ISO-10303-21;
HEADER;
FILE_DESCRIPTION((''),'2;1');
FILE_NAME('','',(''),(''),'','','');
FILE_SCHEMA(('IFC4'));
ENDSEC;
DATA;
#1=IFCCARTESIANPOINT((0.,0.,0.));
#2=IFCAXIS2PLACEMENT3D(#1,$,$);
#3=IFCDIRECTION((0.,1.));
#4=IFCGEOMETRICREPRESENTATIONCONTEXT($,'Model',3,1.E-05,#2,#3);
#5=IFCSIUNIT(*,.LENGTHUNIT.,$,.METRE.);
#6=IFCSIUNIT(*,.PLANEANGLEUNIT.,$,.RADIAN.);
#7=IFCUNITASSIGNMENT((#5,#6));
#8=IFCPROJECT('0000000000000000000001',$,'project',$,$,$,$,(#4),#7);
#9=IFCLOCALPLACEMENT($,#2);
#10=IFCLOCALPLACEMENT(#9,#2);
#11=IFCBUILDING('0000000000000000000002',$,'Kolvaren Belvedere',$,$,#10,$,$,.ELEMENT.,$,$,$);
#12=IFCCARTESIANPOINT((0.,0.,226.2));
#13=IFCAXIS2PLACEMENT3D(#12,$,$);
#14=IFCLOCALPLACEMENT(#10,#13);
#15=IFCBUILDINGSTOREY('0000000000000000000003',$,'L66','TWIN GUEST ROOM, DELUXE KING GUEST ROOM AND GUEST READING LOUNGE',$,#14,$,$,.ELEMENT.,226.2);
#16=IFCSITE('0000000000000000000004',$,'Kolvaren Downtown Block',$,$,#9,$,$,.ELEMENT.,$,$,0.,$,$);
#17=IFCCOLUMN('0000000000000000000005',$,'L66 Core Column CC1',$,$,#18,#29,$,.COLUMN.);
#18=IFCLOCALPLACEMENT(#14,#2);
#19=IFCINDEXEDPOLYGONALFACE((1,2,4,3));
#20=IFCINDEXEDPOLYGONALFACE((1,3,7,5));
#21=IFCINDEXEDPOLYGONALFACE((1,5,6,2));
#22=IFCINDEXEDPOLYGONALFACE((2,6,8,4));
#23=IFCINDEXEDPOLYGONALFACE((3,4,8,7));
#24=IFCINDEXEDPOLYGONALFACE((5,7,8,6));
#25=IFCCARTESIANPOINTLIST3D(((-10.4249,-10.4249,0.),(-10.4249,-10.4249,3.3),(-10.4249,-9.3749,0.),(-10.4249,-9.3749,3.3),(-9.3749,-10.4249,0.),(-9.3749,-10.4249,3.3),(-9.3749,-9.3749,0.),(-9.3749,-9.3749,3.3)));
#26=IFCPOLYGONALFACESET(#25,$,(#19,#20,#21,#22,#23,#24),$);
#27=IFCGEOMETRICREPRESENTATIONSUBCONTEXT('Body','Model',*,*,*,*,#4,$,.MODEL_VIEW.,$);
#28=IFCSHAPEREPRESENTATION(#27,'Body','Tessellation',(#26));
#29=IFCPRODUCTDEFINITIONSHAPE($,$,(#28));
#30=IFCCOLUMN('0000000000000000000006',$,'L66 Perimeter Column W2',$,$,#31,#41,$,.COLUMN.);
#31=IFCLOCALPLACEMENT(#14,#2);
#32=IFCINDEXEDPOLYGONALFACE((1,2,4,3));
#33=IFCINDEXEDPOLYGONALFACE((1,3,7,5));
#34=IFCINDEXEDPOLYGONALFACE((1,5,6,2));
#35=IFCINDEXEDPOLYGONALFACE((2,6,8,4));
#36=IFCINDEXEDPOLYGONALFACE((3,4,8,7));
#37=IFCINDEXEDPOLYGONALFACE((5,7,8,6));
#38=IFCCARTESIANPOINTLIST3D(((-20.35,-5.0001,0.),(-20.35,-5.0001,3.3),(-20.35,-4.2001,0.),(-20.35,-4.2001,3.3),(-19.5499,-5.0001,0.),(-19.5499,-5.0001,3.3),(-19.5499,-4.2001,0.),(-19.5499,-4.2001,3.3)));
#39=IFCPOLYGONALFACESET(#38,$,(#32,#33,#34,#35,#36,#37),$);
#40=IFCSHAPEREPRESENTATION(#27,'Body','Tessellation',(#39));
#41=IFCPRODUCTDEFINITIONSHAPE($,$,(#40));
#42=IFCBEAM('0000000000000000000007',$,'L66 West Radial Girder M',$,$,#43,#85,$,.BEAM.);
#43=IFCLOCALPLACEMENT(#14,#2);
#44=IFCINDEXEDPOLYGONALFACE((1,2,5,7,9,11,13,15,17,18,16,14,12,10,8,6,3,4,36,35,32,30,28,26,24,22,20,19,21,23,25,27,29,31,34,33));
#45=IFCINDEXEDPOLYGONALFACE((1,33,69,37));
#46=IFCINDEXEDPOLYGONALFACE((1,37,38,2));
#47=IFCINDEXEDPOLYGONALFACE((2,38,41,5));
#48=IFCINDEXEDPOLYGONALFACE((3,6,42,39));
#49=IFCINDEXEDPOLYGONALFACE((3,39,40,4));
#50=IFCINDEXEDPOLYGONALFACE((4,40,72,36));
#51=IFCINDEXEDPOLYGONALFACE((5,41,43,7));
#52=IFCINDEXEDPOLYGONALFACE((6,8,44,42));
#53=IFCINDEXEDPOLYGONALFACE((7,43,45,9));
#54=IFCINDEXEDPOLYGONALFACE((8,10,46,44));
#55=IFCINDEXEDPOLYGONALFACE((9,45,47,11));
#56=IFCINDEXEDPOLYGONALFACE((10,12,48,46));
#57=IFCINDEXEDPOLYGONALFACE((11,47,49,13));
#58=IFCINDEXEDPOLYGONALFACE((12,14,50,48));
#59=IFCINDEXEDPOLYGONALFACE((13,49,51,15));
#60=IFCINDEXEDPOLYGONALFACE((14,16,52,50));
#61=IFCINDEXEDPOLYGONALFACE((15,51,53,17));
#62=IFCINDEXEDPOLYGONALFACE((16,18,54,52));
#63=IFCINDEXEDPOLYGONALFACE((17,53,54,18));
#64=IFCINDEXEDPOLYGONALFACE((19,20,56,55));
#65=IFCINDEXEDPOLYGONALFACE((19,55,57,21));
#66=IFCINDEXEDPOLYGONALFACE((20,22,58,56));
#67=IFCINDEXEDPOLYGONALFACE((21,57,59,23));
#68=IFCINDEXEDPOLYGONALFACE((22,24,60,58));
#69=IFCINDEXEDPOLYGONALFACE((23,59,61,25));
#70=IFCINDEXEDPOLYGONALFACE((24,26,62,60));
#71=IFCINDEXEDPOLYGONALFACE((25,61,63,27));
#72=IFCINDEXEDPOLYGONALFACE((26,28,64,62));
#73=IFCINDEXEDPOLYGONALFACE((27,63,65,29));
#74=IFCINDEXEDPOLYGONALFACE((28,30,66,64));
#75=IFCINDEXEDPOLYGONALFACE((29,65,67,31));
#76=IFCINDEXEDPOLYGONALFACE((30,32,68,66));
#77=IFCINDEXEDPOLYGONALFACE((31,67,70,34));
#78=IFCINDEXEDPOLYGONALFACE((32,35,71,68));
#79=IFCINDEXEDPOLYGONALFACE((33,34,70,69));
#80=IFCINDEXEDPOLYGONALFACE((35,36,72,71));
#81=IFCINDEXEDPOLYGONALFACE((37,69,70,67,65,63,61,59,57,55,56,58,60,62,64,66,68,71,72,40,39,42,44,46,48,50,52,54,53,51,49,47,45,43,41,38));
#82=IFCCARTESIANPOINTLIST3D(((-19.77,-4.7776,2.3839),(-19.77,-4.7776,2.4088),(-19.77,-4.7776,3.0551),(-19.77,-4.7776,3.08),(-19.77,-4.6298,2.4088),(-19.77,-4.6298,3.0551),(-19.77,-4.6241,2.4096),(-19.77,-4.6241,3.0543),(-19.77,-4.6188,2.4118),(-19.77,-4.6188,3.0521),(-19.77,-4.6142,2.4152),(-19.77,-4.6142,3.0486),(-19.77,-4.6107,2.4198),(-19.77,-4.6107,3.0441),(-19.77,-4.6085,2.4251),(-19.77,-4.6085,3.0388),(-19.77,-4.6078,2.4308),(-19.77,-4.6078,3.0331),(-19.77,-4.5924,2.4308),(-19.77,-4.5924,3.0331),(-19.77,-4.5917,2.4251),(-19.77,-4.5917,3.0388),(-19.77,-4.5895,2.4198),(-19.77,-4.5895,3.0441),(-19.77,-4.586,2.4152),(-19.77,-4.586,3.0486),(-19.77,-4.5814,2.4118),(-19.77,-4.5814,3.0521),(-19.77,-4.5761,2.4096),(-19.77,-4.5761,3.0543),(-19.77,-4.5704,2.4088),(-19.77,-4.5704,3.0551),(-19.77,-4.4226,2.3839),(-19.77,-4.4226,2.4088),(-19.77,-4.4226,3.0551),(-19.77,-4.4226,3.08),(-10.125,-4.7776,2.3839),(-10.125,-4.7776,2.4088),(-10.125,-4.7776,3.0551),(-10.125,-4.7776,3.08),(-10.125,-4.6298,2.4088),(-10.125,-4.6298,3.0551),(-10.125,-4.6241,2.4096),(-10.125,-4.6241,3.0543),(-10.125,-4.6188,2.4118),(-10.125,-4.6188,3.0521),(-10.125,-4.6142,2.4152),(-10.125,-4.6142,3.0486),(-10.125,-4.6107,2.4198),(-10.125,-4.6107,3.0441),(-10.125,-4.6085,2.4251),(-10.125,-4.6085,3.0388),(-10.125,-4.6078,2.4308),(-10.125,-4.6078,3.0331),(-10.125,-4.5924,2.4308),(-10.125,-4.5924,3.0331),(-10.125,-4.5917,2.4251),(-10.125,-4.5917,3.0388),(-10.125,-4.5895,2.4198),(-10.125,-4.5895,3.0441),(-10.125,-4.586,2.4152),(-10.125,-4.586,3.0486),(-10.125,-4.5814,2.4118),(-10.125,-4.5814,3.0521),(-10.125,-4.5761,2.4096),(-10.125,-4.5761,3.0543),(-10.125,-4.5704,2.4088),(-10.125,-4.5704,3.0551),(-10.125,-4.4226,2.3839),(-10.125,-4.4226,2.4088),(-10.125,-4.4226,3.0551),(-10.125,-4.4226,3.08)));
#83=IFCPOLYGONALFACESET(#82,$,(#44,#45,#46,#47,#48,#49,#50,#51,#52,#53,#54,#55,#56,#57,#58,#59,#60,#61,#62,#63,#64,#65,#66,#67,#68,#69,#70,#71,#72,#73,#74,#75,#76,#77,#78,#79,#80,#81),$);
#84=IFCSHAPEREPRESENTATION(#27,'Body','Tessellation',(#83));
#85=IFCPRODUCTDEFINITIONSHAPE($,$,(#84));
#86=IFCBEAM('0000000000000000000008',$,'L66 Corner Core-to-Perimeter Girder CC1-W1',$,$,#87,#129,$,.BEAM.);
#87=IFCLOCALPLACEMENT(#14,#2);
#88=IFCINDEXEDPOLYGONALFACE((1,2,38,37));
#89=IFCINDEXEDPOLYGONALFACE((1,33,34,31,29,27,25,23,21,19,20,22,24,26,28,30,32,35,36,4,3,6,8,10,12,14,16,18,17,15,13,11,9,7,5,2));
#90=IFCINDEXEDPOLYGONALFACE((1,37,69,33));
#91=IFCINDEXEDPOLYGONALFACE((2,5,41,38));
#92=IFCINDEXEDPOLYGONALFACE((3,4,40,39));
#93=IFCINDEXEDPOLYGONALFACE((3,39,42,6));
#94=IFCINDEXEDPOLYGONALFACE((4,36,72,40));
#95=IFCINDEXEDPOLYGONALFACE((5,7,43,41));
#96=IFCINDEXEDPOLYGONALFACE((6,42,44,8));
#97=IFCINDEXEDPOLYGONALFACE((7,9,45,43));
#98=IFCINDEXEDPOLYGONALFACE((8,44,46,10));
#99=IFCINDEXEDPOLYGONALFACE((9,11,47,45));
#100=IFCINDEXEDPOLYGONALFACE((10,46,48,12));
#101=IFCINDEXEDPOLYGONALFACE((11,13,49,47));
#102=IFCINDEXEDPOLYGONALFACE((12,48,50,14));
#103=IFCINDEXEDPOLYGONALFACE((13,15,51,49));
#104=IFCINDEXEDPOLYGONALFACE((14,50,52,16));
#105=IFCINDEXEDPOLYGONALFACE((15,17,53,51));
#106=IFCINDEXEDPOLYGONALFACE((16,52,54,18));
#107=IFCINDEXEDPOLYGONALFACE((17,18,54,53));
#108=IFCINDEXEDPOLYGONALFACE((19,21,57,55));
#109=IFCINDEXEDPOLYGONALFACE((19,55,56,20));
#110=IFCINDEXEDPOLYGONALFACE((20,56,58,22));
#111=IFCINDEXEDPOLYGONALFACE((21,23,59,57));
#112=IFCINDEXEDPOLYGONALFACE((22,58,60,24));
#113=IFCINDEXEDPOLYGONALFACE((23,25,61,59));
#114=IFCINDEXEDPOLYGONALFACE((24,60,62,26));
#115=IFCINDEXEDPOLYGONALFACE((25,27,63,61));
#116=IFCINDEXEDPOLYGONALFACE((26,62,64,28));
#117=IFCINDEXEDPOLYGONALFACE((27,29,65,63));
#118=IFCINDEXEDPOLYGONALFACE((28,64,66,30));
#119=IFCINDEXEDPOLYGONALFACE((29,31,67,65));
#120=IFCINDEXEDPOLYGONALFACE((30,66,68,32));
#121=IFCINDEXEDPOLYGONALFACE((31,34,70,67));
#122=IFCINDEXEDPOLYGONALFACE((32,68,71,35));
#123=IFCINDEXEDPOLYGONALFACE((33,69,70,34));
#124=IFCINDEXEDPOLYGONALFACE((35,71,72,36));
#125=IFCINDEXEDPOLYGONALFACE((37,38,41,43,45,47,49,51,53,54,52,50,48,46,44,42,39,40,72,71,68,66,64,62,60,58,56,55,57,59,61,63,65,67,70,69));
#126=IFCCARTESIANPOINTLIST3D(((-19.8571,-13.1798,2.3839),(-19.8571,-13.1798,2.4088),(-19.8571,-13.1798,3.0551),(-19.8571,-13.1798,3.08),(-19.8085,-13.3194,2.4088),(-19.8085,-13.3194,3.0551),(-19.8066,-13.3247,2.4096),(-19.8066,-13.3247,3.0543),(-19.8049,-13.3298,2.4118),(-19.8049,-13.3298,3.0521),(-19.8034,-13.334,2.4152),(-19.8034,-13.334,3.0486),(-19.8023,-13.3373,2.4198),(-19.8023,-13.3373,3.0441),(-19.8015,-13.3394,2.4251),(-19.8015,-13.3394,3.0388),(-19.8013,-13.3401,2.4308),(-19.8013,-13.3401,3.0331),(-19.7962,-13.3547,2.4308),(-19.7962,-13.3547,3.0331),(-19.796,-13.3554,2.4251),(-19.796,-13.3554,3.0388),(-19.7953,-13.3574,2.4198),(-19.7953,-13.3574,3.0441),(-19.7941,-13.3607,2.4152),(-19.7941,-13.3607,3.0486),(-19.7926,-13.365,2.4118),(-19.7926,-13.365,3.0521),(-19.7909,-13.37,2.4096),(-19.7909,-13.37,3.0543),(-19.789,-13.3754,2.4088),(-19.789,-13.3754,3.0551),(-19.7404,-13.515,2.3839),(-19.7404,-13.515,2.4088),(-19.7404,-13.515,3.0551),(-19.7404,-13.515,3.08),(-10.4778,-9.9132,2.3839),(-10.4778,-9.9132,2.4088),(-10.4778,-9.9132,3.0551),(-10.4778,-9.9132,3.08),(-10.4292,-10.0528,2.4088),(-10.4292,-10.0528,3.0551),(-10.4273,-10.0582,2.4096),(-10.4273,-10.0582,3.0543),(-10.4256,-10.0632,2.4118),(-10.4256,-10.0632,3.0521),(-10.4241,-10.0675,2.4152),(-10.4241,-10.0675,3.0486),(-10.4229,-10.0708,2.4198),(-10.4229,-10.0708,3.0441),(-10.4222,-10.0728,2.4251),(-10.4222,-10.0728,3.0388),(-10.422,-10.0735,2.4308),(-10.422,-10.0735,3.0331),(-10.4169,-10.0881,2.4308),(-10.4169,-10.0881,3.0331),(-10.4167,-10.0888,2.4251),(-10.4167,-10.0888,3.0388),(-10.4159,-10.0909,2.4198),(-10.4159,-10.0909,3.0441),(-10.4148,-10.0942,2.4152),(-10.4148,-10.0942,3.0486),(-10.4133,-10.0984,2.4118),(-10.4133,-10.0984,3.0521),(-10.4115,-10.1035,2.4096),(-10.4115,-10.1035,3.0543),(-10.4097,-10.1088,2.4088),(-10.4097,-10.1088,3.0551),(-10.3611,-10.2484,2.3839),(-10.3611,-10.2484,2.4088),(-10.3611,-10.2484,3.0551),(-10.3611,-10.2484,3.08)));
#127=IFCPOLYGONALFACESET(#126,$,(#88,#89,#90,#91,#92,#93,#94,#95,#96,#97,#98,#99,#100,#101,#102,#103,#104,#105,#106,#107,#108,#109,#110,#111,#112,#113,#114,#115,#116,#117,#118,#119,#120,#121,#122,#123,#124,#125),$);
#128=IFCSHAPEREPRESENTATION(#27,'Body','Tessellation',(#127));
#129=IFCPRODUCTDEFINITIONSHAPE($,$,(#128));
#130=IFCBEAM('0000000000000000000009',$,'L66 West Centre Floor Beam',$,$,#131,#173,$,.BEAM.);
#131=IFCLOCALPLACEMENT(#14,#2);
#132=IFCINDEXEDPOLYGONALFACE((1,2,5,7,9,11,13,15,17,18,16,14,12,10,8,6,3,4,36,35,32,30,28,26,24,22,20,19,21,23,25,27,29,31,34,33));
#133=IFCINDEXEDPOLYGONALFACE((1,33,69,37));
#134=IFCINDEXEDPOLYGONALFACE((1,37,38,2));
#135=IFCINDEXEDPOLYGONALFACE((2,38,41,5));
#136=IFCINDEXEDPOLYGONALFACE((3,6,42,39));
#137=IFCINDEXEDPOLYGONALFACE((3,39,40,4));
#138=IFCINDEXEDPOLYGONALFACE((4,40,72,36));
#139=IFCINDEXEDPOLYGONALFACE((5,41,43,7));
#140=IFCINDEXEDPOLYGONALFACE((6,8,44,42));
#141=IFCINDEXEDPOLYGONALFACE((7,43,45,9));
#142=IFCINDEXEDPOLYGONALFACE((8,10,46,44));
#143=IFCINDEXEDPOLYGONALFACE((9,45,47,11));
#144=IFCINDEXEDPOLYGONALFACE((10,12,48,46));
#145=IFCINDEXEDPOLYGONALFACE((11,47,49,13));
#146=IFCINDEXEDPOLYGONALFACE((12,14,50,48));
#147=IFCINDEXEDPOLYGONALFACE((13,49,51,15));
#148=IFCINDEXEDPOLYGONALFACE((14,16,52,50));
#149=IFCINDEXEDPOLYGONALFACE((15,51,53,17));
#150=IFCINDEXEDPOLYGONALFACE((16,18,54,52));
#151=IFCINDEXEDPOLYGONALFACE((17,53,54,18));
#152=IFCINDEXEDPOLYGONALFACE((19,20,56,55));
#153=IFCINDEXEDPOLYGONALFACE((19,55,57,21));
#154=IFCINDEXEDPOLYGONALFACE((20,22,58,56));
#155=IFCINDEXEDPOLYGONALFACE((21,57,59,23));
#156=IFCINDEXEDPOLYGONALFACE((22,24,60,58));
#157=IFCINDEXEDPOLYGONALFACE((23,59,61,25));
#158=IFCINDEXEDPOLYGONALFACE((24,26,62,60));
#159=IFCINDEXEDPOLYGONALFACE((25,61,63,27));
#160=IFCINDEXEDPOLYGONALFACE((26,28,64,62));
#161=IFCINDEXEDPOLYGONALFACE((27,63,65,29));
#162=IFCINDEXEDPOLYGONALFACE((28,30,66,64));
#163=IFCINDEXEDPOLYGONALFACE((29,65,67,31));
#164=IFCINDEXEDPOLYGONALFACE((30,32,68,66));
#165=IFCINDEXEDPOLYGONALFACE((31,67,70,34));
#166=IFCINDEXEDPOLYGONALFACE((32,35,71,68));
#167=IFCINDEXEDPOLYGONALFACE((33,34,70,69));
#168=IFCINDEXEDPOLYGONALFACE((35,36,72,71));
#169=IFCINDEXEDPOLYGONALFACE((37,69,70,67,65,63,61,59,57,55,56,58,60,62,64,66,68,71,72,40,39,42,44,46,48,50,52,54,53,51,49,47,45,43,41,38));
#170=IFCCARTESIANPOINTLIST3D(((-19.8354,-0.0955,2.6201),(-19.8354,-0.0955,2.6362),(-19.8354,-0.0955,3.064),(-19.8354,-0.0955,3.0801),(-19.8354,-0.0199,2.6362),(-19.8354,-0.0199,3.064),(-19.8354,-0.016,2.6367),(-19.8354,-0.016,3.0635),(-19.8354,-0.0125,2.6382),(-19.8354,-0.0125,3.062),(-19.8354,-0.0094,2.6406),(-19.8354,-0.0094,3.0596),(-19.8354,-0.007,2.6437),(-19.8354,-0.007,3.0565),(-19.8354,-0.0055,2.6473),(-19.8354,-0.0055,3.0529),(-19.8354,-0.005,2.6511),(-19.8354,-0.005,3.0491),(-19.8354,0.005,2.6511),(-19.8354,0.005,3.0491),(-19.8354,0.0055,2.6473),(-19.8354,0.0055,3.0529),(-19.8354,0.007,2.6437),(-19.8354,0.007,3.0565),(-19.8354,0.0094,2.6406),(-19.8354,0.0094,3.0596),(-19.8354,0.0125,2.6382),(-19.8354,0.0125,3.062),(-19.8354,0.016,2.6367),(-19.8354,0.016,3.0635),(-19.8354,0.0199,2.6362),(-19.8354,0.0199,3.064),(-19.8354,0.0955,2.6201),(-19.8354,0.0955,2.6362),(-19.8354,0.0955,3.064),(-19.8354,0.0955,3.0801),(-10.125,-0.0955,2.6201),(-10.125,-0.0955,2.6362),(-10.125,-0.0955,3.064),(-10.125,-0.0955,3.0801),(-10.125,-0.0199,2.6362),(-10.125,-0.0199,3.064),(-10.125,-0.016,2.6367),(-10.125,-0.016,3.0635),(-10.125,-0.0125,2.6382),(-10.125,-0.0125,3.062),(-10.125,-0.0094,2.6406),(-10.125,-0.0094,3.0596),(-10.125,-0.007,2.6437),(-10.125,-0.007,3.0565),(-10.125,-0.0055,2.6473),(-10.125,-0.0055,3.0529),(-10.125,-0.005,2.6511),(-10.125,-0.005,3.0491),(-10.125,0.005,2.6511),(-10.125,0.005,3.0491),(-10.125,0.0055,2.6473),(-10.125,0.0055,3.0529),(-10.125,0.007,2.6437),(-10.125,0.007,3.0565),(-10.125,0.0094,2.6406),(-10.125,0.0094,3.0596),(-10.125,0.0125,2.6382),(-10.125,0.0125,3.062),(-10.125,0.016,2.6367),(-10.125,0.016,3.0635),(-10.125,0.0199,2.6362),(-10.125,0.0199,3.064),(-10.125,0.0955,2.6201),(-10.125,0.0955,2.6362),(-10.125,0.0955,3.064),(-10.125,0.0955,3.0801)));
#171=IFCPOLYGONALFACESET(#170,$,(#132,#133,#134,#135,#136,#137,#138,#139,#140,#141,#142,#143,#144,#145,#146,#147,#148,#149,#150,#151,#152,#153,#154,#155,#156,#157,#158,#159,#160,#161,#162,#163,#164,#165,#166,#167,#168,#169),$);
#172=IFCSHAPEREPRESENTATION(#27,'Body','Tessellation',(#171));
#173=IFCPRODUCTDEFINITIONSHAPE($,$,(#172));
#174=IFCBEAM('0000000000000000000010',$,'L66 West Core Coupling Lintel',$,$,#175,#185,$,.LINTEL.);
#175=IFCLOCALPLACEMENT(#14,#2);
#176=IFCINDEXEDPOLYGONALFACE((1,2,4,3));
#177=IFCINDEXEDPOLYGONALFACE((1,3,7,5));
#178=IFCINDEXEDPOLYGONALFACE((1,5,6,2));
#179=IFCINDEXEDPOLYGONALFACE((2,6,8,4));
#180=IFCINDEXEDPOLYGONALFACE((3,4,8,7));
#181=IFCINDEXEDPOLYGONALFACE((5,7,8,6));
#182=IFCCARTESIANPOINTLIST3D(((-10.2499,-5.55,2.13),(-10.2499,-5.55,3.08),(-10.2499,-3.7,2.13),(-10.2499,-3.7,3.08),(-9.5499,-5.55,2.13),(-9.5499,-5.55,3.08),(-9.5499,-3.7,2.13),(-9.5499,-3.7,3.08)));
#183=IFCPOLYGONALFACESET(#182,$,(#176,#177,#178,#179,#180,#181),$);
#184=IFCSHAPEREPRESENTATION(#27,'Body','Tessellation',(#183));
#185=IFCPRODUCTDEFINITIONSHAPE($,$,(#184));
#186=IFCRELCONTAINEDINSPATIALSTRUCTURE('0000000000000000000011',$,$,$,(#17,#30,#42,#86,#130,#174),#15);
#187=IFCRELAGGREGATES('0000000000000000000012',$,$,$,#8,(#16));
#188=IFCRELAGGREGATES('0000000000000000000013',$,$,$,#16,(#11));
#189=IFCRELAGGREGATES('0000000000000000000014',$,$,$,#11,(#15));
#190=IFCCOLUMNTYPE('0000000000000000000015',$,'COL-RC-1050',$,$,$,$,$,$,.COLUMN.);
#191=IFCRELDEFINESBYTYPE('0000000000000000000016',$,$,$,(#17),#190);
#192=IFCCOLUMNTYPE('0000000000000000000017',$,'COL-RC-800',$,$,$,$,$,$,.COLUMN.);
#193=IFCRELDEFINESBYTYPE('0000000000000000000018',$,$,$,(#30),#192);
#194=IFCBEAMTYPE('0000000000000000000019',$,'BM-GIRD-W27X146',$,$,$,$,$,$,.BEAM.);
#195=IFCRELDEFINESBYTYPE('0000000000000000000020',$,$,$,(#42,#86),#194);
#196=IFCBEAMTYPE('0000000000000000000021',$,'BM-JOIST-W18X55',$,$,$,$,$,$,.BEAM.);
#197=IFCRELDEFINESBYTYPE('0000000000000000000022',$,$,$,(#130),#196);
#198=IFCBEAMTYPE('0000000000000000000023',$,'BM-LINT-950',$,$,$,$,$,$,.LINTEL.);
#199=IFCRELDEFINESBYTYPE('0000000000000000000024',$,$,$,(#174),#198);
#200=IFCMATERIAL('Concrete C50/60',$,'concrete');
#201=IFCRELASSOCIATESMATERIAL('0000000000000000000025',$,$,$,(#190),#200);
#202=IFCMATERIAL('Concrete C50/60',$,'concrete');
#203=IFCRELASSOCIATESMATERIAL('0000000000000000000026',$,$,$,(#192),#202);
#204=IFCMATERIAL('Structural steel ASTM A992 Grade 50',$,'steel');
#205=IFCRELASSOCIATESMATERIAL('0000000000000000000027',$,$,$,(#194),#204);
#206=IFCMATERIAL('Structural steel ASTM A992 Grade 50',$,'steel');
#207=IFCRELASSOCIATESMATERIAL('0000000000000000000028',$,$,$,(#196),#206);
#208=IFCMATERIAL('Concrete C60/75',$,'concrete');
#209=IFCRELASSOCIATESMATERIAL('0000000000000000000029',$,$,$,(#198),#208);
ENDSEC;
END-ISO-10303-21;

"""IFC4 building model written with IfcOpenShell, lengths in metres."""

from ifc_helpers import new_model, si_unit, direction, frame, origin, origin_2d, place, context, subcontext, project, spatial, rectangle, i_section, extrude, material, material_profile, profile_set, type_object, element, save


model = new_model("IFC4")

# Units and contexts
model_context = context("Model", 3, precision=1e-05, world=origin(), true_north=direction((0.0, 1.0)))
body_context = subcontext(model_context, "Body", "Model", "MODEL_VIEW")
ifc_project = project(units=[si_unit("LENGTHUNIT", "METRE"), si_unit("PLANEANGLEUNIT", "RADIAN")], contexts=[model_context])

# Site, building, storey
site_placement = place(None, origin())
site = spatial("IfcSite", under=ifc_project, at=site_placement, Name="Kolvaren Downtown Block", CompositionType="ELEMENT", RefElevation=0.0)
building_placement = place(site_placement, origin())
building = spatial("IfcBuilding", under=site, at=building_placement, Name="Kolvaren Belvedere", CompositionType="ELEMENT")
storey_placement = place(building_placement, frame((0.0, 0.0, 226.2)))
storey = spatial("IfcBuildingStorey", under=building, at=storey_placement, Name="L66", Description="TWIN GUEST ROOM, DELUXE KING GUEST ROOM AND GUEST READING LOUNGE", CompositionType="ELEMENT", Elevation=226.2)

# Columns
ifc_material_1 = material(Name="Concrete C50/60", Category="concrete")
ifc_material_profile_1 = material_profile(ifc_material_1, rectangle(XDim=1.05, YDim=1.05, at=origin_2d()), Name="RC 1050X1050")
ifc_profile_set_1 = profile_set([ifc_material_profile_1], Name="Concrete C50/60")
column_type_1 = type_object("IfcColumnType", Name="COL-RC-1050", PredefinedType="COLUMN", material=ifc_profile_set_1)
column_1_placement = place(storey_placement, frame((-9.8999, -9.8999, 0.0), z_axis=(0.0, 0.0, 1.0), x_axis=(1.0, 0.0, 0.0)))
element("IfcColumn", 1, at=column_1_placement, inside=storey, type_object=column_type_1, Name="L66 Core Column CC1", PredefinedType="COLUMN", context=body_context, shape_type="SweptSolid", body=[
    extrude(rectangle(XDim=1.05, YDim=1.05, at=origin_2d()), origin(), (0.0, 0.0, 1.0), 3.3),
])
ifc_material_2 = material(Name="Concrete C50/60", Category="concrete")
ifc_material_profile_2 = material_profile(ifc_material_2, rectangle(XDim=0.8, YDim=0.8, at=origin_2d()), Name="RC 800X800")
ifc_profile_set_2 = profile_set([ifc_material_profile_2], Name="Concrete C50/60")
column_type_2 = type_object("IfcColumnType", Name="COL-RC-800", PredefinedType="COLUMN", material=ifc_profile_set_2)
column_2_placement = place(storey_placement, frame((-19.95, -4.6001, 0.0), z_axis=(0.0, 0.0, 1.0), x_axis=(1.0, 0.0, 0.0)))
element("IfcColumn", 2, at=column_2_placement, inside=storey, type_object=column_type_2, Name="L66 Perimeter Column W2", PredefinedType="COLUMN", context=body_context, shape_type="SweptSolid", body=[
    extrude(rectangle(XDim=0.8, YDim=0.8, at=origin_2d()), origin(), (0.0, 0.0, 1.0), 3.3),
])

# Beams
ifc_material_3 = material(Name="Structural steel ASTM A992 Grade 50", Category="steel")
ifc_material_profile_3 = material_profile(ifc_material_3, i_section(OverallWidth=0.355, OverallDepth=0.696, WebThickness=0.0154, FlangeThickness=0.0249, FilletRadius=0.022, at=origin_2d()), Name="W27X146")
ifc_profile_set_3 = profile_set([ifc_material_profile_3], Name="Structural steel ASTM A992 Grade 50")
beam_type_1 = type_object("IfcBeamType", Name="BM-GIRD-W27X146", PredefinedType="BEAM", material=ifc_profile_set_3)
beam_1_placement = place(storey_placement, frame((-10.125, -4.6001, 2.7319), z_axis=(-1.0, 0.0, 0.0), x_axis=(0.0, -1.0, 0.0)))
element("IfcBeam", 3, at=beam_1_placement, inside=storey, type_object=beam_type_1, Name="L66 West Radial Girder M", PredefinedType="BEAM", context=body_context, shape_type="SweptSolid", body=[
    extrude(i_section(OverallWidth=0.355, OverallDepth=0.696, WebThickness=0.0154, FlangeThickness=0.0249, FilletRadius=0.022, at=origin_2d()), origin(), (0.0, 0.0, 1.0), 9.645),
])
beam_2_placement = place(storey_placement, frame((-10.4194, -10.0808, 2.7319), z_axis=(-0.944365, -0.328898, 0.0), x_axis=(0.328898, -0.944365, 0.0)))
element("IfcBeam", 4, at=beam_2_placement, inside=storey, type_object=beam_type_1, Name="L66 Corner Core-to-Perimeter Girder CC1-W1", PredefinedType="BEAM", context=body_context, shape_type="SweptSolid", body=[
    extrude(i_section(OverallWidth=0.355, OverallDepth=0.696, WebThickness=0.0154, FlangeThickness=0.0249, FilletRadius=0.022, at=origin_2d()), origin(), (0.0, 0.0, 1.0), 9.9319),
])
ifc_material_4 = material(Name="Structural steel ASTM A992 Grade 50", Category="steel")
ifc_material_profile_4 = material_profile(ifc_material_4, i_section(OverallWidth=0.1909, OverallDepth=0.46, WebThickness=0.01, FlangeThickness=0.0161, FilletRadius=0.0149, at=origin_2d()), Name="W18X55")
ifc_profile_set_4 = profile_set([ifc_material_profile_4], Name="Structural steel ASTM A992 Grade 50")
beam_type_2 = type_object("IfcBeamType", Name="BM-JOIST-W18X55", PredefinedType="BEAM", material=ifc_profile_set_4)
beam_3_placement = place(storey_placement, frame((-10.125, 0.0, 2.8501), z_axis=(-1.0, 0.0, 0.0), x_axis=(0.0, -1.0, 0.0)))
element("IfcBeam", 5, at=beam_3_placement, inside=storey, type_object=beam_type_2, Name="L66 West Centre Floor Beam", PredefinedType="BEAM", context=body_context, shape_type="SweptSolid", body=[
    extrude(i_section(OverallWidth=0.1909, OverallDepth=0.46, WebThickness=0.01, FlangeThickness=0.0161, FilletRadius=0.0149, at=origin_2d()), origin(), (0.0, 0.0, 1.0), 9.7104),
])
ifc_material_5 = material(Name="Concrete C60/75", Category="concrete")
ifc_material_profile_5 = material_profile(ifc_material_5, rectangle(XDim=0.7, YDim=0.95, at=origin_2d()), Name="RC 700X950")
ifc_profile_set_5 = profile_set([ifc_material_profile_5], Name="Concrete C60/75")
beam_type_3 = type_object("IfcBeamType", Name="BM-LINT-950", PredefinedType="LINTEL", material=ifc_profile_set_5)
beam_4_placement = place(storey_placement, frame((-9.8999, -5.55, 2.605), z_axis=(0.0, 1.0, 0.0), x_axis=(-1.0, 0.0, 0.0)))
element("IfcBeam", 6, at=beam_4_placement, inside=storey, type_object=beam_type_3, Name="L66 West Core Coupling Lintel", PredefinedType="LINTEL", context=body_context, shape_type="SweptSolid", body=[
    extrude(rectangle(XDim=0.7, YDim=0.95, at=origin_2d()), origin(), (0.0, 0.0, 1.0), 1.8501),
])

save(model, "model.ifc")
